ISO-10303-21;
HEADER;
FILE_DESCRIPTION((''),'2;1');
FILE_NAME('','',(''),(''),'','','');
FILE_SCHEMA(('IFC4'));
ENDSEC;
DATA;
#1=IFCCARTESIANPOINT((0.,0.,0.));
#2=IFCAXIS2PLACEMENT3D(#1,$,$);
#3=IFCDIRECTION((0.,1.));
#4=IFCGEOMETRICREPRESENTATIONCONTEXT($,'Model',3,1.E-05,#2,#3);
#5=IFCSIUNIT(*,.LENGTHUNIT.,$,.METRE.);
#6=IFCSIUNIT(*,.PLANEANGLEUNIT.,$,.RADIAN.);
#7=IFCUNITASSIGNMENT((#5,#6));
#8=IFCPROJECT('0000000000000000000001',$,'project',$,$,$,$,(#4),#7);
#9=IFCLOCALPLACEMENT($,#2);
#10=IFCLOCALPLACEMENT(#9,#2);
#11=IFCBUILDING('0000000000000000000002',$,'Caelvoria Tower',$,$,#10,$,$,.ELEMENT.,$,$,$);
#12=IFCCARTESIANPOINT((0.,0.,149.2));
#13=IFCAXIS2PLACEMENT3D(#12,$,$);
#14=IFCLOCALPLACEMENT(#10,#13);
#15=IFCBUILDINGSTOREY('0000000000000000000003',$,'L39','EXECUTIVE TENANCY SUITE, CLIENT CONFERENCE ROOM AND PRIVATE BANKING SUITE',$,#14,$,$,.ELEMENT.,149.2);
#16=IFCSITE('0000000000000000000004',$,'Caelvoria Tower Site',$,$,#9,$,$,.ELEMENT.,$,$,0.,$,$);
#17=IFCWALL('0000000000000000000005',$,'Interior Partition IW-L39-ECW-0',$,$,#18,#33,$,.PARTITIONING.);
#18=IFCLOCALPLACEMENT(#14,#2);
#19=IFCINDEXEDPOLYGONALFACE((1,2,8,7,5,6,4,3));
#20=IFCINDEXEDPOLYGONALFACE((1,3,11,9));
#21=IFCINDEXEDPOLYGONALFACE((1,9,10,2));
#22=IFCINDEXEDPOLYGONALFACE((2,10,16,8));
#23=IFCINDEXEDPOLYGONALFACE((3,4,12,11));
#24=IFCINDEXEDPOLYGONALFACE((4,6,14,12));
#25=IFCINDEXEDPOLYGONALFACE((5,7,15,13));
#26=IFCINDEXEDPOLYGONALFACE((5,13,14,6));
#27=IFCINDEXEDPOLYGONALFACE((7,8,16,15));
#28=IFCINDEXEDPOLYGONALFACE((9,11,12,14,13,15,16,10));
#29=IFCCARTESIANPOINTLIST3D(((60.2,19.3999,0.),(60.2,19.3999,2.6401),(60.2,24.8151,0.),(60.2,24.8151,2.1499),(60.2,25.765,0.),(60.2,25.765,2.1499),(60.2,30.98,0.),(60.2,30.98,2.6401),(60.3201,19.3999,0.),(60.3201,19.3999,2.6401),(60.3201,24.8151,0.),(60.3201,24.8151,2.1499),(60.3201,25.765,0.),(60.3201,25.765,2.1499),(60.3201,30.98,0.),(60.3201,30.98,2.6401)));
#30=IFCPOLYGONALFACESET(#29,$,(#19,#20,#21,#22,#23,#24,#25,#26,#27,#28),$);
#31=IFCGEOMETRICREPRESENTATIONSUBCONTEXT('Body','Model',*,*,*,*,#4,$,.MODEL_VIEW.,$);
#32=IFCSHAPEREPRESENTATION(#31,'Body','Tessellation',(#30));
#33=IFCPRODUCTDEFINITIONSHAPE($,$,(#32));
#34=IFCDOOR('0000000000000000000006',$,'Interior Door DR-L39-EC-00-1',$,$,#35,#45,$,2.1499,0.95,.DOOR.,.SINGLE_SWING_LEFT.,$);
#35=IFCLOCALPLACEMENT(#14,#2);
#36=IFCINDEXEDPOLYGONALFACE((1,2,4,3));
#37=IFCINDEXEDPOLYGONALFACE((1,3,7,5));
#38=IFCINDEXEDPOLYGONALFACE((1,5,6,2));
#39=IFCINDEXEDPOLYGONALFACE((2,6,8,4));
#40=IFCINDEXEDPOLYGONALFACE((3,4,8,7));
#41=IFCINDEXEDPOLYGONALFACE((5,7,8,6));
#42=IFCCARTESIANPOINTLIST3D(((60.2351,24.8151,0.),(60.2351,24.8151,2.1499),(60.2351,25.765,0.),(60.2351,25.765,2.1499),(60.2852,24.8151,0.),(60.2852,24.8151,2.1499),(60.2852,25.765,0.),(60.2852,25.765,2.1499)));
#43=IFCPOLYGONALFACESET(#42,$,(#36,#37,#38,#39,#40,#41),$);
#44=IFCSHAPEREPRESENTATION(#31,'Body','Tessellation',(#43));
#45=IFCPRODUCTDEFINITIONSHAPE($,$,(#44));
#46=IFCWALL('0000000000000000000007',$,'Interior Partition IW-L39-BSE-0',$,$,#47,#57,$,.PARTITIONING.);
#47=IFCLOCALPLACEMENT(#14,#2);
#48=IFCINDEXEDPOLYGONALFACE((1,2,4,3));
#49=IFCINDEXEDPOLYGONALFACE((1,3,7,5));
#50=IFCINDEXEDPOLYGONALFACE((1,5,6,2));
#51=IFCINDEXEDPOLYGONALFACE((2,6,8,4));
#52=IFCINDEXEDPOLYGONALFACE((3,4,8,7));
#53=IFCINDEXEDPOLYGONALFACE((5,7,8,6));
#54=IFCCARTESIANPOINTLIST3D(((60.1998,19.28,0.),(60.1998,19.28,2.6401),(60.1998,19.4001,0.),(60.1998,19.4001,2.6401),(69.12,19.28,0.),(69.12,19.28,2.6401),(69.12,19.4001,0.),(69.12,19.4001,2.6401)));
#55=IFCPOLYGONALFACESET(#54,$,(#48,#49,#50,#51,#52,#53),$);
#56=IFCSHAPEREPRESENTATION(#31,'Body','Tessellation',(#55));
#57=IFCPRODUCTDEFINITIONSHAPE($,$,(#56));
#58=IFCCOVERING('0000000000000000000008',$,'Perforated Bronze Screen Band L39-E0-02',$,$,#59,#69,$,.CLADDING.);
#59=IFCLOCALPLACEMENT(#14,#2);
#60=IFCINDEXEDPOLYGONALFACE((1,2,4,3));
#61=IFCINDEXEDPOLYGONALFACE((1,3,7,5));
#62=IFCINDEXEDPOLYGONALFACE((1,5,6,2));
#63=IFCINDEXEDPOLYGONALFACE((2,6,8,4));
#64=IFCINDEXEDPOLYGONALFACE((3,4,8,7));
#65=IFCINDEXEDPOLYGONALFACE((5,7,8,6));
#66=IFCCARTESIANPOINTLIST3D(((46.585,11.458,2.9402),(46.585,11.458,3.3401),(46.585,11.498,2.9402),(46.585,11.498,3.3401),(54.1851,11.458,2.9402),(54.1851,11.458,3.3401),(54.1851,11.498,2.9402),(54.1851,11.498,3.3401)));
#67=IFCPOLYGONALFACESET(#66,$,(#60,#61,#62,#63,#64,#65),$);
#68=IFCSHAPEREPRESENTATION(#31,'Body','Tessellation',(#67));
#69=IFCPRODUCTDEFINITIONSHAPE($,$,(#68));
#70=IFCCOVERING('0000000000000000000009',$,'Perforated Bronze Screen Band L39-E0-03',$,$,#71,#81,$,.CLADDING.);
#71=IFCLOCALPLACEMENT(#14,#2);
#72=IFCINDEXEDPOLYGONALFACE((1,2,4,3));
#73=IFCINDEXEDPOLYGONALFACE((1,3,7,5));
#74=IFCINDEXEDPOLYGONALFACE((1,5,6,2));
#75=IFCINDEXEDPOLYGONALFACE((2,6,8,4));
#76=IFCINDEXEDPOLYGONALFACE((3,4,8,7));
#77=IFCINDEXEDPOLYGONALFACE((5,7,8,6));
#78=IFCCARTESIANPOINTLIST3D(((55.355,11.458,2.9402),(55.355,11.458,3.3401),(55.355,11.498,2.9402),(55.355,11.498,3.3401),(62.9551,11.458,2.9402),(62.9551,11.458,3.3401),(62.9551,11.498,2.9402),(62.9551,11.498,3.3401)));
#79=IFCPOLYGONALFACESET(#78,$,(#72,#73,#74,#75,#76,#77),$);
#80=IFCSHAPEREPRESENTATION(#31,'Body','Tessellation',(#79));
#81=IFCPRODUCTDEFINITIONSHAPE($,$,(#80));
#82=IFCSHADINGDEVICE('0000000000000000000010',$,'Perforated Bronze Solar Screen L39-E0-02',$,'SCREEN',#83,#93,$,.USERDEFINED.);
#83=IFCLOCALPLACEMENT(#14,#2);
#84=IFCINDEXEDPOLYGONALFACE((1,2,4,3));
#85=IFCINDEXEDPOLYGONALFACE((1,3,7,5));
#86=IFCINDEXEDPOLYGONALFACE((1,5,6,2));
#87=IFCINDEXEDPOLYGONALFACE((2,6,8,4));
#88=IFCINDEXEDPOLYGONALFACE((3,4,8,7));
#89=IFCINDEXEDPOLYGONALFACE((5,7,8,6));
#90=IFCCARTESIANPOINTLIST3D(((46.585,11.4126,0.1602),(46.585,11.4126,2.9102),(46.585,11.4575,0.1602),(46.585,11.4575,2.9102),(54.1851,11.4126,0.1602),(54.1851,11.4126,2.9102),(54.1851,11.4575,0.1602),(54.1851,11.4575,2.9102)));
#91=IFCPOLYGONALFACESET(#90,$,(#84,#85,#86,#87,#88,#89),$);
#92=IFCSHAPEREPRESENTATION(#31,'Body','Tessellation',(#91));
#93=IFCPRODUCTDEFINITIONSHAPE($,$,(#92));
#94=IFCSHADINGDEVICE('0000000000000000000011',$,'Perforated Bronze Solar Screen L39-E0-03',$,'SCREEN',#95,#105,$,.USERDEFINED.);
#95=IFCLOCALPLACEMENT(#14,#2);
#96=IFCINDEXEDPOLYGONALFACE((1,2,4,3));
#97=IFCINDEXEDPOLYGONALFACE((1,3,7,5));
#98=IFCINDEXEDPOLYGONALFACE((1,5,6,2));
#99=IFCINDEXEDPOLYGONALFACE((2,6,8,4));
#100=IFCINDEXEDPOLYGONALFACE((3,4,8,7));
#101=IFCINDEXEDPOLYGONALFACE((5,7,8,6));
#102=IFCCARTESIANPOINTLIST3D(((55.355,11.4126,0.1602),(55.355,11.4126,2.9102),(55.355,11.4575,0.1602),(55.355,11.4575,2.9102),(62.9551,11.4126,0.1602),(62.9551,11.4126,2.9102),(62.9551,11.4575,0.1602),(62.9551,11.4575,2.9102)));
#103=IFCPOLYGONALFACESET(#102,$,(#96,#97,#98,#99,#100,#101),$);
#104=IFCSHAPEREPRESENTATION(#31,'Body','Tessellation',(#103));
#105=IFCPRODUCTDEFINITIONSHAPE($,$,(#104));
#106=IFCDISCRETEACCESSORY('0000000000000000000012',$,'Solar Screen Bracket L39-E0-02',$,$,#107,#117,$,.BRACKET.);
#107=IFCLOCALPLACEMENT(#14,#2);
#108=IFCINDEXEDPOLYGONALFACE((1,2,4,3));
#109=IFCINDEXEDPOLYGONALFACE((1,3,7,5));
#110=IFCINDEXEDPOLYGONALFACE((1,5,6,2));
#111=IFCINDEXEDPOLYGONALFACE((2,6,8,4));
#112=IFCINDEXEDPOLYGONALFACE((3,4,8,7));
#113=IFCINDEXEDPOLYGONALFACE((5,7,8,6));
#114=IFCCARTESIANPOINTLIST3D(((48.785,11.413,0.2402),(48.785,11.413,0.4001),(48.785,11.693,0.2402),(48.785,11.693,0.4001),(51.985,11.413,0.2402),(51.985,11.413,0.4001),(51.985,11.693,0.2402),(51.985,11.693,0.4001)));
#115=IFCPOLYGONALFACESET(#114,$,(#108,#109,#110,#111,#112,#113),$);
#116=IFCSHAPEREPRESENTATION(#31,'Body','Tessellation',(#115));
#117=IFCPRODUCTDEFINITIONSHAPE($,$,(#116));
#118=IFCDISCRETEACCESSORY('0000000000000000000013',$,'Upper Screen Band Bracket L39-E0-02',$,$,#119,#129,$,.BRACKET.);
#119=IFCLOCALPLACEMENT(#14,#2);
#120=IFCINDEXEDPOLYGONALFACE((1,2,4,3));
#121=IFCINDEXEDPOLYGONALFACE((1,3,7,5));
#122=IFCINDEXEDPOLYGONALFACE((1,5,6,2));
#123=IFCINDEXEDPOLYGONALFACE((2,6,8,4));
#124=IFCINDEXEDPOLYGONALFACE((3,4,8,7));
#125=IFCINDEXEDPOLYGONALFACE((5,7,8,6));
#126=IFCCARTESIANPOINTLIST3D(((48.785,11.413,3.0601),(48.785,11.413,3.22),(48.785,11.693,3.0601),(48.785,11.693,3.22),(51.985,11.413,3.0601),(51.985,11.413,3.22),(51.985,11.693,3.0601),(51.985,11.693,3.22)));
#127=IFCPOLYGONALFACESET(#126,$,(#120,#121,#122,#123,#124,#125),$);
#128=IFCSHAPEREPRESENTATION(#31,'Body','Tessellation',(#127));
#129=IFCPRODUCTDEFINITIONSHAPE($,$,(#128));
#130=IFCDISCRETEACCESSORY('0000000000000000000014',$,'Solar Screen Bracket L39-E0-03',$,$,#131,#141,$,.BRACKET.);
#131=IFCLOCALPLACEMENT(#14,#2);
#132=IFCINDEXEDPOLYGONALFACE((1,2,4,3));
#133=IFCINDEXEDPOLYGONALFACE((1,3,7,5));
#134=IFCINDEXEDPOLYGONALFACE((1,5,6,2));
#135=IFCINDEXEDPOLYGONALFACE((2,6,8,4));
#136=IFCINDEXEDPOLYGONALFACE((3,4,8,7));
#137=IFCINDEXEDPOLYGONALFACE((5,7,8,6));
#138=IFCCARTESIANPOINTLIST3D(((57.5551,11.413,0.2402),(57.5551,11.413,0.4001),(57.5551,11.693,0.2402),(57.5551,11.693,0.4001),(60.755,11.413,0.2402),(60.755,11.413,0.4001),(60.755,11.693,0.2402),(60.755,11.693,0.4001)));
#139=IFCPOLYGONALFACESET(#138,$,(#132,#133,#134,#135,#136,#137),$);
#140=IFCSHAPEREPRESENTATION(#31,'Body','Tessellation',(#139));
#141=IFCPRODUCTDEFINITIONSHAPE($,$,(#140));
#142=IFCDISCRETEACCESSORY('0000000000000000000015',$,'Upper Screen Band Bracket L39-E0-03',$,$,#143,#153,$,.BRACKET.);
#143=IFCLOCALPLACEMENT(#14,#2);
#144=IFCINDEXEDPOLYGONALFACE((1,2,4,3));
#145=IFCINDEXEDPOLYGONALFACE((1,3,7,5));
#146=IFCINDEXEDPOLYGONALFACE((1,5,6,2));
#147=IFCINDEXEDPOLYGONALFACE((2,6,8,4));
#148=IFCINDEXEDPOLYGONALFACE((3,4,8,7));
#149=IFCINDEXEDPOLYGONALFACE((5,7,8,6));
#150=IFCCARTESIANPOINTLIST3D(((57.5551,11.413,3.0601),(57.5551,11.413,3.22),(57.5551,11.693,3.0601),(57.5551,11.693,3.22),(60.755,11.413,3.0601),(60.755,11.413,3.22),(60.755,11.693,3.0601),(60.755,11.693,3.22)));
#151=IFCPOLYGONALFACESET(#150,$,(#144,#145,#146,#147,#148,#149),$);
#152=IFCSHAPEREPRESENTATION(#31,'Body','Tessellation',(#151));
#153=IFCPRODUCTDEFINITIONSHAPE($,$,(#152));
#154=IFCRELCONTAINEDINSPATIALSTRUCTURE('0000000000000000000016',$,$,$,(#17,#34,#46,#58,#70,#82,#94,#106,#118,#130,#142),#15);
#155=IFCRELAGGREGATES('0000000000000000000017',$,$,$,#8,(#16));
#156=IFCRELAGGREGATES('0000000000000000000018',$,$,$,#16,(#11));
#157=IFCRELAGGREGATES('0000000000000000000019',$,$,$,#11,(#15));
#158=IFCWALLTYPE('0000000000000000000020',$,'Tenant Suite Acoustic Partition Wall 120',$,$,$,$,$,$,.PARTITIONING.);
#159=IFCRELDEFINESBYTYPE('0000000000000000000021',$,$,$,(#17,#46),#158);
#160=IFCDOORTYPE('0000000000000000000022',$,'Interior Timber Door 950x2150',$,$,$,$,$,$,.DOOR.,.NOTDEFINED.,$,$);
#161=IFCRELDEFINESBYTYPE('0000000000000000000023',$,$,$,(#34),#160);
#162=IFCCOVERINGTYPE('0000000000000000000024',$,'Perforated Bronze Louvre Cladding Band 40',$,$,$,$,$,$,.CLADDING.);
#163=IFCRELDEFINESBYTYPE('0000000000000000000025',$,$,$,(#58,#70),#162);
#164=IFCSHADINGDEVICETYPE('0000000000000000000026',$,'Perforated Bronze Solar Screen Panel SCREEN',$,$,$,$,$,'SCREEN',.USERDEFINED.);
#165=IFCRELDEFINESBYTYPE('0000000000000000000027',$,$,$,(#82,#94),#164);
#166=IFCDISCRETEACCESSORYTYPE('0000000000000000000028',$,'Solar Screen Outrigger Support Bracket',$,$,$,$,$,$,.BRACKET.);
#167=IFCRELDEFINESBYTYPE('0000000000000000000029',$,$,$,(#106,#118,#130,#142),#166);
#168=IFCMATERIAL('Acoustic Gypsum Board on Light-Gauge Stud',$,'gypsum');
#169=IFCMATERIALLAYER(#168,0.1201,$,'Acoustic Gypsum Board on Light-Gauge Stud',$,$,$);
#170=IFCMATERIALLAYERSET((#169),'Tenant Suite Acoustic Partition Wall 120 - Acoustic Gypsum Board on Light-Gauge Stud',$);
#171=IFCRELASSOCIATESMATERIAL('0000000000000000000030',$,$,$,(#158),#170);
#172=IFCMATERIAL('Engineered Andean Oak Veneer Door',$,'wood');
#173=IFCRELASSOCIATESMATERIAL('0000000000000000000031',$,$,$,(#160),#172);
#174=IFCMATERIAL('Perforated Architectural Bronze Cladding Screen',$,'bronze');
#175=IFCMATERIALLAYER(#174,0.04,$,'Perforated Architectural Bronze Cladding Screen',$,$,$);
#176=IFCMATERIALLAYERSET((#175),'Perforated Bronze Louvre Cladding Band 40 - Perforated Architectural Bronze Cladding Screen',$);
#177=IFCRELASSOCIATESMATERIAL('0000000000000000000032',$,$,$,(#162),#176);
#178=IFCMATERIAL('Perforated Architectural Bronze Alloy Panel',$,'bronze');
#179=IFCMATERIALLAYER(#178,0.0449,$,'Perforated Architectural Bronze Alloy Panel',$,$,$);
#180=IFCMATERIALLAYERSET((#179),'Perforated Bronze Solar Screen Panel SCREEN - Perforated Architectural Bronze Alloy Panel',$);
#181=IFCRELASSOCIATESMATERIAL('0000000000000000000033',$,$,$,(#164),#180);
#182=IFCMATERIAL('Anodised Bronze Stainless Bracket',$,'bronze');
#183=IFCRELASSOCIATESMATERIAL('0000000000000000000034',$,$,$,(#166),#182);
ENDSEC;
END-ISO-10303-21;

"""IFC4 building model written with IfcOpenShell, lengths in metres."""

from ifc_helpers import new_model, si_unit, direction, frame, frame_2d, origin, origin_2d, place, context, subcontext, project, spatial, rectangle, extrude, material, layer, layer_set, type_object, element, fill, save


model = new_model("IFC4")

# Units and contexts
model_context = context("Model", 3, precision=1e-05, world=origin(), true_north=direction((0.0, 1.0)))
body_context = subcontext(model_context, "Body", "Model", "MODEL_VIEW")
ifc_project = project(units=[si_unit("LENGTHUNIT", "METRE"), si_unit("PLANEANGLEUNIT", "RADIAN")], contexts=[model_context])

# Site, building, storey
site_placement = place(None, origin())
site = spatial("IfcSite", under=ifc_project, at=site_placement, Name="Caelvoria Tower Site", CompositionType="ELEMENT", RefElevation=0.0)
building_placement = place(site_placement, origin())
building = spatial("IfcBuilding", under=site, at=building_placement, Name="Caelvoria Tower", CompositionType="ELEMENT")
storey_placement = place(building_placement, frame((0.0, 0.0, 149.2)))
storey = spatial("IfcBuildingStorey", under=building, at=storey_placement, Name="L39", Description="EXECUTIVE TENANCY SUITE, CLIENT CONFERENCE ROOM AND PRIVATE BANKING SUITE", CompositionType="ELEMENT", Elevation=149.2)

# Wall, opening, door
ifc_material_1 = material(Name="Acoustic Gypsum Board on Light-Gauge Stud", Category="gypsum")
ifc_layer_1 = layer(ifc_material_1, 0.1201, Name="Acoustic Gypsum Board on Light-Gauge Stud")
ifc_layer_set_1 = layer_set([ifc_layer_1], Name="Tenant Suite Acoustic Partition Wall 120 - Acoustic Gypsum Board on Light-Gauge Stud")
wall_type_1 = type_object("IfcWallType", Name="Tenant Suite Acoustic Partition Wall 120", PredefinedType="PARTITIONING", material=ifc_layer_set_1)
ifc_material_2 = material(Name="Engineered Andean Oak Veneer Door", Category="wood")
wall_1_placement = place(storey_placement, frame((60.26, 19.3999, 0.0), z_axis=(0.0, 0.0, 1.0), x_axis=(0.0, 1.0, 0.0)))
wall_1 = element("IfcWall", 1, at=wall_1_placement, inside=storey, type_object=wall_type_1, Name="Interior Partition IW-L39-ECW-0", PredefinedType="PARTITIONING", context=body_context, shape_type="SweptSolid", body=[
    extrude(rectangle(XDim=11.5801, YDim=0.1201, at=frame_2d((5.79, 0.0))), origin(), (0.0, 0.0, 1.0), 2.6401),
])
opening_1_placement = place(wall_1_placement, frame((5.415, 0.0, 0.0)))
opening_1 = element("IfcOpeningElement", 2, at=opening_1_placement, cuts=wall_1, PredefinedType="OPENING", context=body_context, shape_type="SweptSolid", body=[
    extrude(rectangle(XDim=0.95, YDim=2.1499, at=frame_2d((0.4751, 1.075))), frame((0.0, 0.0701, 0.0), z_axis=(0.0, -1.0, 0.0), x_axis=(1.0, 0.0, 0.0)), (0.0, 0.0, 1.0), 0.1401),
])
door_type_1 = type_object("IfcDoorType", Name="Interior Timber Door 950x2150", OperationType="NOTDEFINED", PredefinedType="DOOR", material=ifc_material_2)
door_1_placement = place(opening_1_placement, origin())
door_1 = element("IfcDoor", 3, at=door_1_placement, inside=storey, type_object=door_type_1, Name="Interior Door DR-L39-EC-00-1", OperationType="SINGLE_SWING_LEFT", OverallHeight=2.1499, OverallWidth=0.95, PredefinedType="DOOR", context=body_context, shape_type="SweptSolid", body=[
    extrude(rectangle(XDim=0.95, YDim=2.1499, at=frame_2d((0.4751, 1.075))), frame((0.0, 0.0249, 0.0), z_axis=(0.0, -1.0, 0.0), x_axis=(1.0, 0.0, 0.0)), (0.0, 0.0, 1.0), 0.05),
])
fill(opening_1, door_1)

# Wall
wall_2_placement = place(storey_placement, frame((60.2, 19.3401, 0.0), z_axis=(0.0, 0.0, 1.0), x_axis=(1.0, 0.0, 0.0)))
element("IfcWall", 4, at=wall_2_placement, inside=storey, type_object=wall_type_1, Name="Interior Partition IW-L39-BSE-0", PredefinedType="PARTITIONING", context=body_context, shape_type="SweptSolid", body=[
    extrude(rectangle(XDim=8.9202, YDim=0.1201, at=frame_2d((4.46, 0.0))), origin(), (0.0, 0.0, 1.0), 2.6401),
])

# Coverings
ifc_material_3 = material(Name="Perforated Architectural Bronze Cladding Screen", Category="bronze")
ifc_layer_2 = layer(ifc_material_3, 0.04, Name="Perforated Architectural Bronze Cladding Screen")
ifc_layer_set_2 = layer_set([ifc_layer_2], Name="Perforated Bronze Louvre Cladding Band 40 - Perforated Architectural Bronze Cladding Screen")
covering_type = type_object("IfcCoveringType", Name="Perforated Bronze Louvre Cladding Band 40", PredefinedType="CLADDING", material=ifc_layer_set_2)
for number, where, z_axis, x_axis, name in (
    (5, (50.385, 11.478, 2.9402), (0.0, 0.0, 1.0), (1.0, 0.0, 0.0), "Perforated Bronze Screen Band L39-E0-02"),
    (6, (59.155, 11.478, 2.9402), (0.0, 0.0, 1.0), (1.0, 0.0, 0.0), "Perforated Bronze Screen Band L39-E0-03"),
):
    element("IfcCovering", number, at=place(storey_placement, frame(where, z_axis=z_axis, x_axis=x_axis)), inside=storey, type_object=covering_type, Name=name, PredefinedType="CLADDING", context=body_context, shape_type="SweptSolid", body=[
        extrude(rectangle(XDim=7.6001, YDim=0.04, at=origin_2d()), origin(), (0.0, 0.0, 1.0), 0.3999),
    ])

# Shading devices
ifc_material_4 = material(Name="Perforated Architectural Bronze Alloy Panel", Category="bronze")
ifc_layer_3 = layer(ifc_material_4, 0.0449, Name="Perforated Architectural Bronze Alloy Panel")
ifc_layer_set_3 = layer_set([ifc_layer_3], Name="Perforated Bronze Solar Screen Panel SCREEN - Perforated Architectural Bronze Alloy Panel")
shading_device_type = type_object("IfcShadingDeviceType", Name="Perforated Bronze Solar Screen Panel SCREEN", ElementType="SCREEN", PredefinedType="USERDEFINED", material=ifc_layer_set_3)
for number, where, z_axis, x_axis, name in (
    (7, (50.385, 11.4351, 0.1602), (0.0, 0.0, 1.0), (1.0, 0.0, 0.0), "Perforated Bronze Solar Screen L39-E0-02"),
    (8, (59.155, 11.4351, 0.1602), (0.0, 0.0, 1.0), (1.0, 0.0, 0.0), "Perforated Bronze Solar Screen L39-E0-03"),
):
    element("IfcShadingDevice", number, at=place(storey_placement, frame(where, z_axis=z_axis, x_axis=x_axis)), inside=storey, type_object=shading_device_type, Name=name, ObjectType="SCREEN", PredefinedType="USERDEFINED", context=body_context, shape_type="SweptSolid", body=[
        extrude(rectangle(XDim=7.6001, YDim=0.0449, at=origin_2d()), origin(), (0.0, 0.0, 1.0), 2.75),
    ])

# Discrete accessories
ifc_material_5 = material(Name="Anodised Bronze Stainless Bracket", Category="bronze")
discrete_accessory_type = type_object("IfcDiscreteAccessoryType", Name="Solar Screen Outrigger Support Bracket", PredefinedType="BRACKET", material=ifc_material_5)
for number, where, z_axis, x_axis, name in (
    (9, (50.385, 11.553, 0.2402), (0.0, 0.0, 1.0), (1.0, 0.0, 0.0), "Solar Screen Bracket L39-E0-02"),
    (10, (50.385, 11.553, 3.0601), (0.0, 0.0, 1.0), (1.0, 0.0, 0.0), "Upper Screen Band Bracket L39-E0-02"),
    (11, (59.155, 11.553, 0.2402), (0.0, 0.0, 1.0), (1.0, 0.0, 0.0), "Solar Screen Bracket L39-E0-03"),
    (12, (59.155, 11.553, 3.0601), (0.0, 0.0, 1.0), (1.0, 0.0, 0.0), "Upper Screen Band Bracket L39-E0-03"),
):
    element("IfcDiscreteAccessory", number, at=place(storey_placement, frame(where, z_axis=z_axis, x_axis=x_axis)), inside=storey, type_object=discrete_accessory_type, Name=name, PredefinedType="BRACKET", context=body_context, shape_type="SweptSolid", body=[
        extrude(rectangle(XDim=3.2, YDim=0.28, at=origin_2d()), origin(), (0.0, 0.0, 1.0), 0.1599),
    ])

save(model, "model.ifc")
